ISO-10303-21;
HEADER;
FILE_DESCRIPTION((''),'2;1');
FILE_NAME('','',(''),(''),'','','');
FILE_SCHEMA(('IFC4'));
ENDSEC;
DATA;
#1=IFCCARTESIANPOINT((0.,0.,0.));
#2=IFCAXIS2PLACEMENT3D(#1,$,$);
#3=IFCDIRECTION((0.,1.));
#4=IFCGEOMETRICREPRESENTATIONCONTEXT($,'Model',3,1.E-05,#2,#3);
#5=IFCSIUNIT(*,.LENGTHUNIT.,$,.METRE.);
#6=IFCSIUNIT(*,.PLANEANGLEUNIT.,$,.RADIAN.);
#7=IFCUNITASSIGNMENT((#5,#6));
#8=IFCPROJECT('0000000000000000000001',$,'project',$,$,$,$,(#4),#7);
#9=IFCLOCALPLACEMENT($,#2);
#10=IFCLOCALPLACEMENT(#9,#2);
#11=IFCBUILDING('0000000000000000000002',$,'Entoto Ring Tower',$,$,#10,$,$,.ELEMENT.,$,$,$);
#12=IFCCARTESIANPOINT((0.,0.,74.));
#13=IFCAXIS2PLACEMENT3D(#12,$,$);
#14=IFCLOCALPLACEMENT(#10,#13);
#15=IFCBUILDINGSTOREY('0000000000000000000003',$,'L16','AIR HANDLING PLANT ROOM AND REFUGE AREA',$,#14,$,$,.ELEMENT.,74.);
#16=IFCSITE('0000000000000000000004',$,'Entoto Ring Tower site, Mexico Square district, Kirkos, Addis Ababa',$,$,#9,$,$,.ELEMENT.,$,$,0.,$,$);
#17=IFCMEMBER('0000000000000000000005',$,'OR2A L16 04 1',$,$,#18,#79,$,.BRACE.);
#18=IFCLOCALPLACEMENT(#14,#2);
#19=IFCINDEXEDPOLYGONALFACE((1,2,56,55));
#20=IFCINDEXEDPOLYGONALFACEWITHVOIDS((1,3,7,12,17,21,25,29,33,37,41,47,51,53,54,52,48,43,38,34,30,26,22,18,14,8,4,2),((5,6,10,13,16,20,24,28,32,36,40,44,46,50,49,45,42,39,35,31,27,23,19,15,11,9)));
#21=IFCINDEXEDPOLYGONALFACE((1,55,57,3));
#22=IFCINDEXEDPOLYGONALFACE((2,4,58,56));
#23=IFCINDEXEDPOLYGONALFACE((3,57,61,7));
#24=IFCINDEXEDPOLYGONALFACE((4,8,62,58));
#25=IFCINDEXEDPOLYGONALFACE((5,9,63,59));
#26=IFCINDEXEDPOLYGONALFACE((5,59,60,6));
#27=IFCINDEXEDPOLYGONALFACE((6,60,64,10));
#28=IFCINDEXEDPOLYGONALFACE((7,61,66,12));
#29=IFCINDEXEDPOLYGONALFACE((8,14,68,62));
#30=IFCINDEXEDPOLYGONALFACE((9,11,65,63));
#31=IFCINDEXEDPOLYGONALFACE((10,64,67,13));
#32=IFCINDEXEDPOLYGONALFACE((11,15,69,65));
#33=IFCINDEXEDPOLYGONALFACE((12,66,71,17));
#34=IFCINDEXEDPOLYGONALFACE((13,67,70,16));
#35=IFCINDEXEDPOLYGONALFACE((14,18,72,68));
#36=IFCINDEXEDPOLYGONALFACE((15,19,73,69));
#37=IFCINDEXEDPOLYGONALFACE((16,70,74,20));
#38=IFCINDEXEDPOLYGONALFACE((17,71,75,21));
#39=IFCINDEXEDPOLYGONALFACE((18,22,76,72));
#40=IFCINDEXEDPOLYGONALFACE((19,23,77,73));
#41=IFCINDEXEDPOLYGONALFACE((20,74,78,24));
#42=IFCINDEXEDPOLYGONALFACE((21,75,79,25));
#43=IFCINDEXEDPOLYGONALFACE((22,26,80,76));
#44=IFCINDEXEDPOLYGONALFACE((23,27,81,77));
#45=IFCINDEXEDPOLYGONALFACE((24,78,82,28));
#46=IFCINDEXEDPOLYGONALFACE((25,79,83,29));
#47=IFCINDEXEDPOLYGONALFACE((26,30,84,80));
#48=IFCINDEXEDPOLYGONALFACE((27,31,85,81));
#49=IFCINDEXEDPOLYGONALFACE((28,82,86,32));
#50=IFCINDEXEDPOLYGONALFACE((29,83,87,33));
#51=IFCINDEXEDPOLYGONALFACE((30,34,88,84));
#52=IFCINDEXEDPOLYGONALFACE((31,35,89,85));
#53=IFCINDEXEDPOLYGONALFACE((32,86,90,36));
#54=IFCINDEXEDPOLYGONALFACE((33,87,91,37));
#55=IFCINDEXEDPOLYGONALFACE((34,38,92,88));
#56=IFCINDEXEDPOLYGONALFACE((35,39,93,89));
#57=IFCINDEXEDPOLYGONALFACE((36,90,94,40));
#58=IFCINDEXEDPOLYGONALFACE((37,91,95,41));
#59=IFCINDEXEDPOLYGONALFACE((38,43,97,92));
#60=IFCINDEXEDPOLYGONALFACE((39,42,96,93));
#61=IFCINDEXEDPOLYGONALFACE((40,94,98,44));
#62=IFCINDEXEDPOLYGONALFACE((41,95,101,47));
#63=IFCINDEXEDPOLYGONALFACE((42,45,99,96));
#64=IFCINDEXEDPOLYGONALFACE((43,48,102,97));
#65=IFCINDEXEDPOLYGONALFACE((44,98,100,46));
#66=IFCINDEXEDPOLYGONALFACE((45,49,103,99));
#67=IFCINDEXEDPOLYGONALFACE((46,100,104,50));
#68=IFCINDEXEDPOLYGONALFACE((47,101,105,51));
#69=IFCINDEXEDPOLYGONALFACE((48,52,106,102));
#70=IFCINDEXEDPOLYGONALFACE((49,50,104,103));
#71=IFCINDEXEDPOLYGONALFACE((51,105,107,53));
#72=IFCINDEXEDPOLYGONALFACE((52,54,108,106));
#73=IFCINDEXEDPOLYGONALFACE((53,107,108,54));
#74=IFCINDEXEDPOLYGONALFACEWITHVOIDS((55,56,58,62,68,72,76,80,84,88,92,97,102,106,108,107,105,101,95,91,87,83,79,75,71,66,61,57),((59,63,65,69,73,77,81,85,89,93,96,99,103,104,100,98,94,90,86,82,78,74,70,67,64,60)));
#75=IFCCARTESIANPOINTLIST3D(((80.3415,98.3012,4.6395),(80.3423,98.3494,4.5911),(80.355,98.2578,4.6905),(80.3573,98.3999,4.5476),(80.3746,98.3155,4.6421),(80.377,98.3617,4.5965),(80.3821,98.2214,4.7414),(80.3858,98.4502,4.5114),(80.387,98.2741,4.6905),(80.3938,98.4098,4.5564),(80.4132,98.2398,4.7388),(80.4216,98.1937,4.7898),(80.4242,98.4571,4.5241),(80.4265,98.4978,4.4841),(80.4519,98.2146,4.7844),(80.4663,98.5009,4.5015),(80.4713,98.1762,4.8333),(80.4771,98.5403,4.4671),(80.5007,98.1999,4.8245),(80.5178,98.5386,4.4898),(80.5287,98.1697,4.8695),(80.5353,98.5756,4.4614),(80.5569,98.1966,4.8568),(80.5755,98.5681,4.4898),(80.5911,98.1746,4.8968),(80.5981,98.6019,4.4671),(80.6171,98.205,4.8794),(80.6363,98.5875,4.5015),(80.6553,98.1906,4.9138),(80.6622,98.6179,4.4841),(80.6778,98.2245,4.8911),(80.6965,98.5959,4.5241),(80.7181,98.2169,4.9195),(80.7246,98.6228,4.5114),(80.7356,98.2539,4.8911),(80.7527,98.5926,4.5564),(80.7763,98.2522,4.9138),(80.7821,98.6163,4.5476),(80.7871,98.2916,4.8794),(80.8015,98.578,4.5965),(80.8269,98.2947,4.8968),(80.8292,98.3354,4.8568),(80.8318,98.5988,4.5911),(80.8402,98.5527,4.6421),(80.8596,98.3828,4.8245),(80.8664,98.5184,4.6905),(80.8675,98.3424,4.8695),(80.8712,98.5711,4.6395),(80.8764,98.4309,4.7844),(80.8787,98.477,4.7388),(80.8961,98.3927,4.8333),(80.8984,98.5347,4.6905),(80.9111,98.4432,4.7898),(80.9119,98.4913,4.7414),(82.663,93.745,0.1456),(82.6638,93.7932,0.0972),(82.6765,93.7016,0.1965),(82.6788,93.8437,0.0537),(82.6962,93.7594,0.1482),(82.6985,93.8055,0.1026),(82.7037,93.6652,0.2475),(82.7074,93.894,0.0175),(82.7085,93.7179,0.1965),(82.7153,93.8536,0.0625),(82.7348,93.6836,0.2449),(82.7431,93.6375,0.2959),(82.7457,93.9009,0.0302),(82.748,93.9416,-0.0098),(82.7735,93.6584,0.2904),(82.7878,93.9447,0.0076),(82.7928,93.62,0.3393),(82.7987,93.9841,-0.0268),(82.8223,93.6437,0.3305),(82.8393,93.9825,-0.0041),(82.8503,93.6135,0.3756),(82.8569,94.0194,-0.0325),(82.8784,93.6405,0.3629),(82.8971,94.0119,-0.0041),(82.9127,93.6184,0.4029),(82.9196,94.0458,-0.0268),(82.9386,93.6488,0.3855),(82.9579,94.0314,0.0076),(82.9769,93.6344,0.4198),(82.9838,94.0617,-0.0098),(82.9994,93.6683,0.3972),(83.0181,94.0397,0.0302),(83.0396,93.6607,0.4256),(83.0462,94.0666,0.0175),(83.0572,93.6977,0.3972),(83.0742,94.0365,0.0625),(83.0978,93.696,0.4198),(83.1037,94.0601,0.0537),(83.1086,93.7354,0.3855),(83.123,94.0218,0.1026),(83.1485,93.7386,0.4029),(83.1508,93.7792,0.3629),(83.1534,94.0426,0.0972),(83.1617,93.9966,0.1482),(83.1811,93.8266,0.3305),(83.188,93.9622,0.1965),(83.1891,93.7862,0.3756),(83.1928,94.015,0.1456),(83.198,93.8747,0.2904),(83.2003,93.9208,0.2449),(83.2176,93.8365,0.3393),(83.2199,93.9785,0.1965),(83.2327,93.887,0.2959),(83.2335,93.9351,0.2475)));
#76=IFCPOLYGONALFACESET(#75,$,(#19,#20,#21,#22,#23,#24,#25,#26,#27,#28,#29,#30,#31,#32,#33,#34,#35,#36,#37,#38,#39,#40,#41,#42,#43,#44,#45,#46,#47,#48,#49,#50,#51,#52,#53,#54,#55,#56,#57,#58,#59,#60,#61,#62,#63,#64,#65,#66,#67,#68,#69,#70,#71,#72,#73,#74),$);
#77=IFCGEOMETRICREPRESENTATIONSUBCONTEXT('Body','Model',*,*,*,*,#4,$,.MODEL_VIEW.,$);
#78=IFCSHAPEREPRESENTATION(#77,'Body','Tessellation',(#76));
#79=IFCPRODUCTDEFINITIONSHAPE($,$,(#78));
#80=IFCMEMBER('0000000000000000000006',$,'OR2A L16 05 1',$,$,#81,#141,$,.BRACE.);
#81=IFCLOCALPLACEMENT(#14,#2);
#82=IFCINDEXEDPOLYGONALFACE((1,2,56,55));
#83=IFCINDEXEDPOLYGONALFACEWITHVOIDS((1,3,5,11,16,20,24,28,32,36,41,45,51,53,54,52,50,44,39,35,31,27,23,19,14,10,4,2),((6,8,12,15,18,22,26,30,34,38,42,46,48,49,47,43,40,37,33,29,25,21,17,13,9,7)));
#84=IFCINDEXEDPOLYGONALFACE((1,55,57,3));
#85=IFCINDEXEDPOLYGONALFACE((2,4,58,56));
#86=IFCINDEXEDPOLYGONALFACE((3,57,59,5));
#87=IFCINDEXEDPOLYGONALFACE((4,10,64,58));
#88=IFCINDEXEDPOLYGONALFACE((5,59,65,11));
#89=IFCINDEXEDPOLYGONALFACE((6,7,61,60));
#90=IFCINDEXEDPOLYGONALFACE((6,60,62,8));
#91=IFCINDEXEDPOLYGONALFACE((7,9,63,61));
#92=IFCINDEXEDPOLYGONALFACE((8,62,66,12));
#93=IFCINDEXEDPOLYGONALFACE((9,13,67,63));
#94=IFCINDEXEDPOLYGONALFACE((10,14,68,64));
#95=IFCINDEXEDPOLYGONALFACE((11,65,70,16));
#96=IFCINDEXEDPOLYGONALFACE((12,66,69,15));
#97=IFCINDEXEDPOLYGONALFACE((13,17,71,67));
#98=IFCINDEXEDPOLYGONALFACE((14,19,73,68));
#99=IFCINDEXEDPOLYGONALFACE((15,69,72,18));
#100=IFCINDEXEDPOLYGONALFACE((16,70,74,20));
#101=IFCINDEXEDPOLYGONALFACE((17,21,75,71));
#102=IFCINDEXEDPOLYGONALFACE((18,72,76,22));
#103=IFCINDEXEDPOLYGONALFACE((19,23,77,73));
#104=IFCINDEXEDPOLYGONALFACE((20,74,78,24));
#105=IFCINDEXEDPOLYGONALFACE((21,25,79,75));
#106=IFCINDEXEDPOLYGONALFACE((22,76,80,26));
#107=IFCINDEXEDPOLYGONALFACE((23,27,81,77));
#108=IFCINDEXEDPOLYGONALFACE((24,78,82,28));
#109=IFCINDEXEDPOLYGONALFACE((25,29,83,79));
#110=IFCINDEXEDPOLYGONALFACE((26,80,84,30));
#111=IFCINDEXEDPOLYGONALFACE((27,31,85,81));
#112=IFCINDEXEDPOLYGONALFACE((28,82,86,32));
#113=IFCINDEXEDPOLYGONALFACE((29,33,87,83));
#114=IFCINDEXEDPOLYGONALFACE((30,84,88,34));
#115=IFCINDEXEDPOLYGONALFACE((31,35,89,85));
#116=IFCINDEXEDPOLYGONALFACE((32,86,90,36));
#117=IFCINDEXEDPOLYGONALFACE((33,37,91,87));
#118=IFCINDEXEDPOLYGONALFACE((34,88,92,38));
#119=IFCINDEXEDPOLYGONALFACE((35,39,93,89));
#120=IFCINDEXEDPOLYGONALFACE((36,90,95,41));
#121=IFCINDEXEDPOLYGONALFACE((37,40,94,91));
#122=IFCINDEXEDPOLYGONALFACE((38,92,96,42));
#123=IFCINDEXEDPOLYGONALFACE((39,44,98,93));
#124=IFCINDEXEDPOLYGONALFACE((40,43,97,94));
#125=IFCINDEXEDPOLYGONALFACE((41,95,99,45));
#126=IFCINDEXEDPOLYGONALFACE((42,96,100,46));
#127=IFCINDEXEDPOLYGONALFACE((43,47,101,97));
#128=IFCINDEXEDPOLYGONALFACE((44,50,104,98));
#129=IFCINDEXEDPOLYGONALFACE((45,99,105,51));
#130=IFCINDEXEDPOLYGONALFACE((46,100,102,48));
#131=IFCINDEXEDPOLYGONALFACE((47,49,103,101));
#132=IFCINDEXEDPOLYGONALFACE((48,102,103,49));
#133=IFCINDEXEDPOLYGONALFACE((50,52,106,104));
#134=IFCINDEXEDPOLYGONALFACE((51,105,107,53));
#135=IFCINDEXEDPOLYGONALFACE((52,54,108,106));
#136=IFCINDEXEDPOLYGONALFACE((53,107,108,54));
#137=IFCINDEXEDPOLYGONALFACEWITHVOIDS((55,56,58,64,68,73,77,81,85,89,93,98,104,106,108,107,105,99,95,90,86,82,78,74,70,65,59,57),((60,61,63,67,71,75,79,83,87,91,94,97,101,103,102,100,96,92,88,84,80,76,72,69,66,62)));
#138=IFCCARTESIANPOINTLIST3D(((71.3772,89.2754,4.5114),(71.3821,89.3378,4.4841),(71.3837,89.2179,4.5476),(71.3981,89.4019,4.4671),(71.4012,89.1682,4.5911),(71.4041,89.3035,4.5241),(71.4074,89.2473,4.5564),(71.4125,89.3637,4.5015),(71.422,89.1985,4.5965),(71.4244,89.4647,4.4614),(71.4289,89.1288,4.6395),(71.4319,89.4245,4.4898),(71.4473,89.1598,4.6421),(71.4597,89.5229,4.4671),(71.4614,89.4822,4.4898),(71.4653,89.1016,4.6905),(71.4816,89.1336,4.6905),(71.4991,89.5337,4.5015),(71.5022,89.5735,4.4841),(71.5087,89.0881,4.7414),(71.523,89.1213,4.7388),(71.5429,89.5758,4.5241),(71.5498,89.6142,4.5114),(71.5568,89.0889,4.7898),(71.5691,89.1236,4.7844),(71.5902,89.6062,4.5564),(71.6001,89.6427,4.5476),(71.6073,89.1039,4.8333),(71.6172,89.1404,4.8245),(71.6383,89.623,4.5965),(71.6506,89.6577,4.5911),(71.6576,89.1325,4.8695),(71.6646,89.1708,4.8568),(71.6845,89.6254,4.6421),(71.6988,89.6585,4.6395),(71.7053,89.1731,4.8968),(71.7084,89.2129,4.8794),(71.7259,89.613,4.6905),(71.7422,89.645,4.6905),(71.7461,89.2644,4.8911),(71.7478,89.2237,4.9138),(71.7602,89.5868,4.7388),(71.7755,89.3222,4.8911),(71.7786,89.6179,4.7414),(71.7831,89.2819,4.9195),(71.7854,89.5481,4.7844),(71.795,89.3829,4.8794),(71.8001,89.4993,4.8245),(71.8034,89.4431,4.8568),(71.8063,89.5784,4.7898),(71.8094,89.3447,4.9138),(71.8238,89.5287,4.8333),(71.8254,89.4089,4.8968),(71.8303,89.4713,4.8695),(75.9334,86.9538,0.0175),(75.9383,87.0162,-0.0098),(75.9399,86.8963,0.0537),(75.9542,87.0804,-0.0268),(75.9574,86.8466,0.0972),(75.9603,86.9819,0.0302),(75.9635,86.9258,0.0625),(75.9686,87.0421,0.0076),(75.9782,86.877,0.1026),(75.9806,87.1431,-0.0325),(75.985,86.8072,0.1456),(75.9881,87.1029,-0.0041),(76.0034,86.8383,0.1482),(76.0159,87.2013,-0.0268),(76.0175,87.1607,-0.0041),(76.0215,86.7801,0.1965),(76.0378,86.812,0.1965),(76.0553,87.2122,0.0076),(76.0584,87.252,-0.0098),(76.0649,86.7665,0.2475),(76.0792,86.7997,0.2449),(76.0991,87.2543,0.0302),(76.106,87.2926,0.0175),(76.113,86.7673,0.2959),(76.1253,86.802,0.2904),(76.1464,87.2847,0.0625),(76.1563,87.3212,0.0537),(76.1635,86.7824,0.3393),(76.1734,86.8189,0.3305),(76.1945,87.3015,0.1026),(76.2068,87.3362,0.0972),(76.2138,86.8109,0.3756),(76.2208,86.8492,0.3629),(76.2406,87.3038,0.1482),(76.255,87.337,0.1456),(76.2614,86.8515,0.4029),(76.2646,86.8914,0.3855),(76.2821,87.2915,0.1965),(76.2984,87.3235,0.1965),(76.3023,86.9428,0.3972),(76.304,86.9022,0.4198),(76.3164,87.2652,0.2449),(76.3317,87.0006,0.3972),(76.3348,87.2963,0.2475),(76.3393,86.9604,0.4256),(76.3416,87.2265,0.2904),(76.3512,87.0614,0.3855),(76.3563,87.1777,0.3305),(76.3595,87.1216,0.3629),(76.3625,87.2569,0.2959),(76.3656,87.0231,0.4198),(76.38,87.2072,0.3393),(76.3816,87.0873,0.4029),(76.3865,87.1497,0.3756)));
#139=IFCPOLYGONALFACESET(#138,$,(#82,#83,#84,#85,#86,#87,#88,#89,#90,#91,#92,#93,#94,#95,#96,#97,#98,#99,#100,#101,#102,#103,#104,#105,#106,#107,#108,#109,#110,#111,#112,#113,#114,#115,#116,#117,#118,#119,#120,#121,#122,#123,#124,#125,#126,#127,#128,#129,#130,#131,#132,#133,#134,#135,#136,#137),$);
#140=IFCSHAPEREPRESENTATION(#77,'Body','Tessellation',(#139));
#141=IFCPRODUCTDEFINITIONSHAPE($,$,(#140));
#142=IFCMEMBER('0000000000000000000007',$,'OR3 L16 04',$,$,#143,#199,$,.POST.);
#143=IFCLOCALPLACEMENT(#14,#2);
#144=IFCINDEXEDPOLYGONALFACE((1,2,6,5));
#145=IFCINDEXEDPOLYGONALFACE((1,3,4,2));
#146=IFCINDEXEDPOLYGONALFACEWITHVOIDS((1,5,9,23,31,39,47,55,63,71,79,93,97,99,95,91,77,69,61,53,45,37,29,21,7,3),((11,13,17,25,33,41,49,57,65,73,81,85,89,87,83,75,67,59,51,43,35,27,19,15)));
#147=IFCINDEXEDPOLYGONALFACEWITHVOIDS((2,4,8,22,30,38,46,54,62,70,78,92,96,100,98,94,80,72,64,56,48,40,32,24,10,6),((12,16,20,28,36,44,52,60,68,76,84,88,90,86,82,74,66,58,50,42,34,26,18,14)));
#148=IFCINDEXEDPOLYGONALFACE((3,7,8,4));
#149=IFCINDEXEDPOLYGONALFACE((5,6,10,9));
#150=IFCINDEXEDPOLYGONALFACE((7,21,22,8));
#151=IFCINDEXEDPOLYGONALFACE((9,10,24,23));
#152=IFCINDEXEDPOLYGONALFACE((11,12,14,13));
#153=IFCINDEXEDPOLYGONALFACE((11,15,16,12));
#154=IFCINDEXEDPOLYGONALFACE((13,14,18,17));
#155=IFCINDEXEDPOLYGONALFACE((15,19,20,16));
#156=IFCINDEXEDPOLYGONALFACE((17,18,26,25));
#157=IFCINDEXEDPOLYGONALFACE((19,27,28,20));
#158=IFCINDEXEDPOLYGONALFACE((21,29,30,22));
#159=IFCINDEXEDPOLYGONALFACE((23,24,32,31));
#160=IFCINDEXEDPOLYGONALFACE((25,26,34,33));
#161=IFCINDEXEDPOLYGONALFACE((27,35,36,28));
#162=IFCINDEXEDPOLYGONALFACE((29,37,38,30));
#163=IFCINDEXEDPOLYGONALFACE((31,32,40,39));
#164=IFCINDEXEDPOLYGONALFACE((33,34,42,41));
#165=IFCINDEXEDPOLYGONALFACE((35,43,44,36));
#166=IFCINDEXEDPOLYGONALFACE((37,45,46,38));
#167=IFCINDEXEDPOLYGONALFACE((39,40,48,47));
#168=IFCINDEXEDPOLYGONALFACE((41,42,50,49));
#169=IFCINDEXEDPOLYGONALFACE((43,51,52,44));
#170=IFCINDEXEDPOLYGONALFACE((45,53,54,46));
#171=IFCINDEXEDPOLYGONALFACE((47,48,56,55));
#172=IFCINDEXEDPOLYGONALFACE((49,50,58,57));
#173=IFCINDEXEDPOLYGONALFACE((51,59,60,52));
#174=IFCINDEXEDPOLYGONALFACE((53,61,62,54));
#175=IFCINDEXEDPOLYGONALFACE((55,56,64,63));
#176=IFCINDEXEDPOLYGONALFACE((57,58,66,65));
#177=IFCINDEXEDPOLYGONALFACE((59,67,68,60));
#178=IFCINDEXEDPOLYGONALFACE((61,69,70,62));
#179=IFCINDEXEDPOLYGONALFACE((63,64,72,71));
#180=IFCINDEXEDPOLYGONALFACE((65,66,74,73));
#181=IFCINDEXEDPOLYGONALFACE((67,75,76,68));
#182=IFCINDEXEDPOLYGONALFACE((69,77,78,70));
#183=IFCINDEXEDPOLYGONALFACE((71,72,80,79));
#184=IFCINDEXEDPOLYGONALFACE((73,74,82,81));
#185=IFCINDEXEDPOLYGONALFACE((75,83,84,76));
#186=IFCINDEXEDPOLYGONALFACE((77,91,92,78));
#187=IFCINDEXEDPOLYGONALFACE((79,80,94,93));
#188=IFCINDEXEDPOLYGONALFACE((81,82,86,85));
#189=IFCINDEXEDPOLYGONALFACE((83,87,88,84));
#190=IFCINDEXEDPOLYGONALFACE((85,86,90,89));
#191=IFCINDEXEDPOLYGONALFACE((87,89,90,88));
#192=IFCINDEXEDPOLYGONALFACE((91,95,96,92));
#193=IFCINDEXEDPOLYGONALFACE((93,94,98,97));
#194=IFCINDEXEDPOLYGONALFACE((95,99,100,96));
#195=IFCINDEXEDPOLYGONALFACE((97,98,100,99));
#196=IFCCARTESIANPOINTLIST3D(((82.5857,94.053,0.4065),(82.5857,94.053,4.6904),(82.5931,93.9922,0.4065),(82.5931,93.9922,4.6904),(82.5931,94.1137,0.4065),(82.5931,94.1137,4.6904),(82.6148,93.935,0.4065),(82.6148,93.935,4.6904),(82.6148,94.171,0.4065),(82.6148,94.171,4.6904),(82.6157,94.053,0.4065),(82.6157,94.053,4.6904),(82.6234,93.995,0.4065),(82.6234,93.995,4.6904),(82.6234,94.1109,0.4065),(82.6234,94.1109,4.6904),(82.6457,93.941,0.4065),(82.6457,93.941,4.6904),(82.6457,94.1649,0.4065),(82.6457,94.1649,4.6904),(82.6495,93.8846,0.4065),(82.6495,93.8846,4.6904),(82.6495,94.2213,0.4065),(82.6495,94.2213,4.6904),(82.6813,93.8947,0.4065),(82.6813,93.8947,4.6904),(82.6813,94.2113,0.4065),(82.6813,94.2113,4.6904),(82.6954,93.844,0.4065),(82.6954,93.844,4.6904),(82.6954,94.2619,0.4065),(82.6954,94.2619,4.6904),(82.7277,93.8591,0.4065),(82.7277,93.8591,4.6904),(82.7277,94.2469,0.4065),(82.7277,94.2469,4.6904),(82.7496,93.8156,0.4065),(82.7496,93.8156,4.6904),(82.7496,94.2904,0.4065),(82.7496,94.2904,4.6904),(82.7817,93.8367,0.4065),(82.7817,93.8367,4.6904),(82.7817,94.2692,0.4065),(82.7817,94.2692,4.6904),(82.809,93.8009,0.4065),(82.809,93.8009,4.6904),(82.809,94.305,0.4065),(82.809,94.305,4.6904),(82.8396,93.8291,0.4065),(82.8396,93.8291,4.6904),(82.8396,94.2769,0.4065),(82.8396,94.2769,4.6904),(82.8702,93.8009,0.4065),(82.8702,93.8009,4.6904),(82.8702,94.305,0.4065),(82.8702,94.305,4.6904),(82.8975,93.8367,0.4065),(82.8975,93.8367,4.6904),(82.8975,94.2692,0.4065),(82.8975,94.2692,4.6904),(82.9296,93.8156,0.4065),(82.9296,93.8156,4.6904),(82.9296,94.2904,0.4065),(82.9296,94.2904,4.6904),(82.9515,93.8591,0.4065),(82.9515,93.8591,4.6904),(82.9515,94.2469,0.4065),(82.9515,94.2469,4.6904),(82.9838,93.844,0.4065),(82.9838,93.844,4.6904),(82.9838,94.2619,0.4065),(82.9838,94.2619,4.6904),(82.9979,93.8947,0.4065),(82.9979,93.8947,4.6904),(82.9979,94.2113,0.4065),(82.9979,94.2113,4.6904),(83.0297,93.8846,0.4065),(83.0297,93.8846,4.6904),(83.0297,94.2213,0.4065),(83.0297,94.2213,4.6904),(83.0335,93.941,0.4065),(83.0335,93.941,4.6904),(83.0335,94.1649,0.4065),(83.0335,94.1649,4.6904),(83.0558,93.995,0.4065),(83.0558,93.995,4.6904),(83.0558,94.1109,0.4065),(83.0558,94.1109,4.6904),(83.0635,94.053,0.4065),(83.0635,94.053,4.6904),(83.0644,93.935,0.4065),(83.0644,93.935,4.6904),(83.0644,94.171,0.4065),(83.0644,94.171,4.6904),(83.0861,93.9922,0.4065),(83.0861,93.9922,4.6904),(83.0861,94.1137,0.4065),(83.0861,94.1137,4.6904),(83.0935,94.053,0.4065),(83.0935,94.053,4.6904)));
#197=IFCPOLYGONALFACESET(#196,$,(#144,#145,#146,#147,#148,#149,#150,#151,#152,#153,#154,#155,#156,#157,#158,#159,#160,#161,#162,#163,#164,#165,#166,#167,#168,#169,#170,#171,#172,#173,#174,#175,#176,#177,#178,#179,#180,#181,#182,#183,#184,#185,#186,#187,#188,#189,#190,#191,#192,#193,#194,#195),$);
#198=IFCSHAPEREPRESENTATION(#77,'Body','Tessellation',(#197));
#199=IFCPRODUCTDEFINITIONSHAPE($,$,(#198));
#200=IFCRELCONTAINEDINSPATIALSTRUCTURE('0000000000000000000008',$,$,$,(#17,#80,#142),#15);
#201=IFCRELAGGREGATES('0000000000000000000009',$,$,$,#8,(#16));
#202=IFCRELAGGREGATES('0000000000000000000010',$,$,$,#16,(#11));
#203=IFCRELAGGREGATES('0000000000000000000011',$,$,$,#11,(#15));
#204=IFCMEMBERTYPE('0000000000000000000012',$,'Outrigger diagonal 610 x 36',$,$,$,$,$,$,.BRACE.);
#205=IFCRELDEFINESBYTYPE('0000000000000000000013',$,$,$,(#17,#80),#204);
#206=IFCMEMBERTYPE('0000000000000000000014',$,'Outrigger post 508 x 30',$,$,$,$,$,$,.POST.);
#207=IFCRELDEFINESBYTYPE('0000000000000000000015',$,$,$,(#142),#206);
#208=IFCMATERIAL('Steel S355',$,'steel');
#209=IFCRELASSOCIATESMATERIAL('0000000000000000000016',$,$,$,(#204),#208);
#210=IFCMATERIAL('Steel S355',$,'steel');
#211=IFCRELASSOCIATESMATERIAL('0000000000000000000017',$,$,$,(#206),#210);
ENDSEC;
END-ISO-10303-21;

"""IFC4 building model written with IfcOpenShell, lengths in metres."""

from ifc_helpers import new_model, si_unit, direction, frame, origin, origin_2d, place, context, subcontext, project, spatial, circle, hollow_circle, extrude, material, material_profile, profile_set, type_object, element, save


model = new_model("IFC4")

# Units and contexts
model_context = context("Model", 3, precision=1e-05, world=origin(), true_north=direction((0.0, 1.0)))
body_context = subcontext(model_context, "Body", "Model", "MODEL_VIEW")
ifc_project = project(units=[si_unit("LENGTHUNIT", "METRE"), si_unit("PLANEANGLEUNIT", "RADIAN")], contexts=[model_context])

# Site, building, storey
site_placement = place(None, origin())
site = spatial("IfcSite", under=ifc_project, at=site_placement, Name="Entoto Ring Tower site, Mexico Square district, Kirkos, Addis Ababa", CompositionType="ELEMENT", RefElevation=0.0)
building_placement = place(site_placement, origin())
building = spatial("IfcBuilding", under=site, at=building_placement, Name="Entoto Ring Tower", CompositionType="ELEMENT")
storey_placement = place(building_placement, frame((0.0, 0.0, 74.0)))
storey = spatial("IfcBuildingStorey", under=building, at=storey_placement, Name="L16", Description="AIR HANDLING PLANT ROOM AND REFUGE AREA", CompositionType="ELEMENT", Elevation=74.0)

# Members
ifc_material_1 = material(Name="Steel S355", Category="steel")
ifc_material_profile_1 = material_profile(ifc_material_1, hollow_circle(Radius=0.3049, WallThickness=0.0359, at=origin_2d()), Name="CHS 610 x 36")
ifc_material_2 = material(Name="Concrete C60/75", Category="concrete")
ifc_material_profile_2 = material_profile(ifc_material_2, circle(Radius=0.269, at=origin_2d()), Name="Concrete C60/75 infill")
ifc_profile_set_1 = profile_set([ifc_material_profile_1, ifc_material_profile_2], Name="Steel S355")
member_type_1 = type_object("IfcMemberType", Name="Outrigger diagonal 610 x 36", PredefinedType="BRACE", material=ifc_profile_set_1)
for number, where, z_axis, x_axis, name in (
    (1, (82.9482, 93.8401, 0.1965), (-0.341022, 0.669276, 0.660131), (-0.891002, -0.453999, 0.0), "OR2A L16 04 1"),
    (2, (76.1599, 87.0518, 0.1965), (-0.669276, 0.341022, 0.660131), (-0.453999, -0.891002, 0.0), "OR2A L16 05 1"),
):
    element("IfcMember", number, at=place(storey_placement, frame(where, z_axis=z_axis, x_axis=x_axis)), inside=storey, type_object=member_type_1, Name=name, PredefinedType="BRACE", context=body_context, shape_type="SweptSolid", body=[
        extrude(hollow_circle(Radius=0.3049, WallThickness=0.0359, at=origin_2d()), origin(), (0.0, 0.0, 1.0), 6.8076),
    ])
ifc_material_3 = material(Name="Steel S355", Category="steel")
ifc_material_profile_3 = material_profile(ifc_material_3, hollow_circle(Radius=0.2539, WallThickness=0.03, at=origin_2d()), Name="CHS 508 x 30")
ifc_material_4 = material(Name="Concrete C60/75", Category="concrete")
ifc_material_profile_4 = material_profile(ifc_material_4, circle(Radius=0.2241, at=origin_2d()), Name="Concrete C60/75 infill")
ifc_profile_set_2 = profile_set([ifc_material_profile_3, ifc_material_profile_4], Name="Steel S355")
member_type_2 = type_object("IfcMemberType", Name="Outrigger post 508 x 30", PredefinedType="POST", material=ifc_profile_set_2)
for number, where, z_axis, x_axis, name in (
    (3, (82.8396, 94.053, 0.4065), (0.0, 0.0, 1.0), (1.0, 0.0, 0.0), "OR3 L16 04"),
):
    element("IfcMember", number, at=place(storey_placement, frame(where, z_axis=z_axis, x_axis=x_axis)), inside=storey, type_object=member_type_2, Name=name, PredefinedType="POST", context=body_context, shape_type="SweptSolid", body=[
        extrude(hollow_circle(Radius=0.2539, WallThickness=0.03, at=origin_2d()), origin(), (0.0, 0.0, 1.0), 4.2839),
    ])

save(model, "model.ifc")
